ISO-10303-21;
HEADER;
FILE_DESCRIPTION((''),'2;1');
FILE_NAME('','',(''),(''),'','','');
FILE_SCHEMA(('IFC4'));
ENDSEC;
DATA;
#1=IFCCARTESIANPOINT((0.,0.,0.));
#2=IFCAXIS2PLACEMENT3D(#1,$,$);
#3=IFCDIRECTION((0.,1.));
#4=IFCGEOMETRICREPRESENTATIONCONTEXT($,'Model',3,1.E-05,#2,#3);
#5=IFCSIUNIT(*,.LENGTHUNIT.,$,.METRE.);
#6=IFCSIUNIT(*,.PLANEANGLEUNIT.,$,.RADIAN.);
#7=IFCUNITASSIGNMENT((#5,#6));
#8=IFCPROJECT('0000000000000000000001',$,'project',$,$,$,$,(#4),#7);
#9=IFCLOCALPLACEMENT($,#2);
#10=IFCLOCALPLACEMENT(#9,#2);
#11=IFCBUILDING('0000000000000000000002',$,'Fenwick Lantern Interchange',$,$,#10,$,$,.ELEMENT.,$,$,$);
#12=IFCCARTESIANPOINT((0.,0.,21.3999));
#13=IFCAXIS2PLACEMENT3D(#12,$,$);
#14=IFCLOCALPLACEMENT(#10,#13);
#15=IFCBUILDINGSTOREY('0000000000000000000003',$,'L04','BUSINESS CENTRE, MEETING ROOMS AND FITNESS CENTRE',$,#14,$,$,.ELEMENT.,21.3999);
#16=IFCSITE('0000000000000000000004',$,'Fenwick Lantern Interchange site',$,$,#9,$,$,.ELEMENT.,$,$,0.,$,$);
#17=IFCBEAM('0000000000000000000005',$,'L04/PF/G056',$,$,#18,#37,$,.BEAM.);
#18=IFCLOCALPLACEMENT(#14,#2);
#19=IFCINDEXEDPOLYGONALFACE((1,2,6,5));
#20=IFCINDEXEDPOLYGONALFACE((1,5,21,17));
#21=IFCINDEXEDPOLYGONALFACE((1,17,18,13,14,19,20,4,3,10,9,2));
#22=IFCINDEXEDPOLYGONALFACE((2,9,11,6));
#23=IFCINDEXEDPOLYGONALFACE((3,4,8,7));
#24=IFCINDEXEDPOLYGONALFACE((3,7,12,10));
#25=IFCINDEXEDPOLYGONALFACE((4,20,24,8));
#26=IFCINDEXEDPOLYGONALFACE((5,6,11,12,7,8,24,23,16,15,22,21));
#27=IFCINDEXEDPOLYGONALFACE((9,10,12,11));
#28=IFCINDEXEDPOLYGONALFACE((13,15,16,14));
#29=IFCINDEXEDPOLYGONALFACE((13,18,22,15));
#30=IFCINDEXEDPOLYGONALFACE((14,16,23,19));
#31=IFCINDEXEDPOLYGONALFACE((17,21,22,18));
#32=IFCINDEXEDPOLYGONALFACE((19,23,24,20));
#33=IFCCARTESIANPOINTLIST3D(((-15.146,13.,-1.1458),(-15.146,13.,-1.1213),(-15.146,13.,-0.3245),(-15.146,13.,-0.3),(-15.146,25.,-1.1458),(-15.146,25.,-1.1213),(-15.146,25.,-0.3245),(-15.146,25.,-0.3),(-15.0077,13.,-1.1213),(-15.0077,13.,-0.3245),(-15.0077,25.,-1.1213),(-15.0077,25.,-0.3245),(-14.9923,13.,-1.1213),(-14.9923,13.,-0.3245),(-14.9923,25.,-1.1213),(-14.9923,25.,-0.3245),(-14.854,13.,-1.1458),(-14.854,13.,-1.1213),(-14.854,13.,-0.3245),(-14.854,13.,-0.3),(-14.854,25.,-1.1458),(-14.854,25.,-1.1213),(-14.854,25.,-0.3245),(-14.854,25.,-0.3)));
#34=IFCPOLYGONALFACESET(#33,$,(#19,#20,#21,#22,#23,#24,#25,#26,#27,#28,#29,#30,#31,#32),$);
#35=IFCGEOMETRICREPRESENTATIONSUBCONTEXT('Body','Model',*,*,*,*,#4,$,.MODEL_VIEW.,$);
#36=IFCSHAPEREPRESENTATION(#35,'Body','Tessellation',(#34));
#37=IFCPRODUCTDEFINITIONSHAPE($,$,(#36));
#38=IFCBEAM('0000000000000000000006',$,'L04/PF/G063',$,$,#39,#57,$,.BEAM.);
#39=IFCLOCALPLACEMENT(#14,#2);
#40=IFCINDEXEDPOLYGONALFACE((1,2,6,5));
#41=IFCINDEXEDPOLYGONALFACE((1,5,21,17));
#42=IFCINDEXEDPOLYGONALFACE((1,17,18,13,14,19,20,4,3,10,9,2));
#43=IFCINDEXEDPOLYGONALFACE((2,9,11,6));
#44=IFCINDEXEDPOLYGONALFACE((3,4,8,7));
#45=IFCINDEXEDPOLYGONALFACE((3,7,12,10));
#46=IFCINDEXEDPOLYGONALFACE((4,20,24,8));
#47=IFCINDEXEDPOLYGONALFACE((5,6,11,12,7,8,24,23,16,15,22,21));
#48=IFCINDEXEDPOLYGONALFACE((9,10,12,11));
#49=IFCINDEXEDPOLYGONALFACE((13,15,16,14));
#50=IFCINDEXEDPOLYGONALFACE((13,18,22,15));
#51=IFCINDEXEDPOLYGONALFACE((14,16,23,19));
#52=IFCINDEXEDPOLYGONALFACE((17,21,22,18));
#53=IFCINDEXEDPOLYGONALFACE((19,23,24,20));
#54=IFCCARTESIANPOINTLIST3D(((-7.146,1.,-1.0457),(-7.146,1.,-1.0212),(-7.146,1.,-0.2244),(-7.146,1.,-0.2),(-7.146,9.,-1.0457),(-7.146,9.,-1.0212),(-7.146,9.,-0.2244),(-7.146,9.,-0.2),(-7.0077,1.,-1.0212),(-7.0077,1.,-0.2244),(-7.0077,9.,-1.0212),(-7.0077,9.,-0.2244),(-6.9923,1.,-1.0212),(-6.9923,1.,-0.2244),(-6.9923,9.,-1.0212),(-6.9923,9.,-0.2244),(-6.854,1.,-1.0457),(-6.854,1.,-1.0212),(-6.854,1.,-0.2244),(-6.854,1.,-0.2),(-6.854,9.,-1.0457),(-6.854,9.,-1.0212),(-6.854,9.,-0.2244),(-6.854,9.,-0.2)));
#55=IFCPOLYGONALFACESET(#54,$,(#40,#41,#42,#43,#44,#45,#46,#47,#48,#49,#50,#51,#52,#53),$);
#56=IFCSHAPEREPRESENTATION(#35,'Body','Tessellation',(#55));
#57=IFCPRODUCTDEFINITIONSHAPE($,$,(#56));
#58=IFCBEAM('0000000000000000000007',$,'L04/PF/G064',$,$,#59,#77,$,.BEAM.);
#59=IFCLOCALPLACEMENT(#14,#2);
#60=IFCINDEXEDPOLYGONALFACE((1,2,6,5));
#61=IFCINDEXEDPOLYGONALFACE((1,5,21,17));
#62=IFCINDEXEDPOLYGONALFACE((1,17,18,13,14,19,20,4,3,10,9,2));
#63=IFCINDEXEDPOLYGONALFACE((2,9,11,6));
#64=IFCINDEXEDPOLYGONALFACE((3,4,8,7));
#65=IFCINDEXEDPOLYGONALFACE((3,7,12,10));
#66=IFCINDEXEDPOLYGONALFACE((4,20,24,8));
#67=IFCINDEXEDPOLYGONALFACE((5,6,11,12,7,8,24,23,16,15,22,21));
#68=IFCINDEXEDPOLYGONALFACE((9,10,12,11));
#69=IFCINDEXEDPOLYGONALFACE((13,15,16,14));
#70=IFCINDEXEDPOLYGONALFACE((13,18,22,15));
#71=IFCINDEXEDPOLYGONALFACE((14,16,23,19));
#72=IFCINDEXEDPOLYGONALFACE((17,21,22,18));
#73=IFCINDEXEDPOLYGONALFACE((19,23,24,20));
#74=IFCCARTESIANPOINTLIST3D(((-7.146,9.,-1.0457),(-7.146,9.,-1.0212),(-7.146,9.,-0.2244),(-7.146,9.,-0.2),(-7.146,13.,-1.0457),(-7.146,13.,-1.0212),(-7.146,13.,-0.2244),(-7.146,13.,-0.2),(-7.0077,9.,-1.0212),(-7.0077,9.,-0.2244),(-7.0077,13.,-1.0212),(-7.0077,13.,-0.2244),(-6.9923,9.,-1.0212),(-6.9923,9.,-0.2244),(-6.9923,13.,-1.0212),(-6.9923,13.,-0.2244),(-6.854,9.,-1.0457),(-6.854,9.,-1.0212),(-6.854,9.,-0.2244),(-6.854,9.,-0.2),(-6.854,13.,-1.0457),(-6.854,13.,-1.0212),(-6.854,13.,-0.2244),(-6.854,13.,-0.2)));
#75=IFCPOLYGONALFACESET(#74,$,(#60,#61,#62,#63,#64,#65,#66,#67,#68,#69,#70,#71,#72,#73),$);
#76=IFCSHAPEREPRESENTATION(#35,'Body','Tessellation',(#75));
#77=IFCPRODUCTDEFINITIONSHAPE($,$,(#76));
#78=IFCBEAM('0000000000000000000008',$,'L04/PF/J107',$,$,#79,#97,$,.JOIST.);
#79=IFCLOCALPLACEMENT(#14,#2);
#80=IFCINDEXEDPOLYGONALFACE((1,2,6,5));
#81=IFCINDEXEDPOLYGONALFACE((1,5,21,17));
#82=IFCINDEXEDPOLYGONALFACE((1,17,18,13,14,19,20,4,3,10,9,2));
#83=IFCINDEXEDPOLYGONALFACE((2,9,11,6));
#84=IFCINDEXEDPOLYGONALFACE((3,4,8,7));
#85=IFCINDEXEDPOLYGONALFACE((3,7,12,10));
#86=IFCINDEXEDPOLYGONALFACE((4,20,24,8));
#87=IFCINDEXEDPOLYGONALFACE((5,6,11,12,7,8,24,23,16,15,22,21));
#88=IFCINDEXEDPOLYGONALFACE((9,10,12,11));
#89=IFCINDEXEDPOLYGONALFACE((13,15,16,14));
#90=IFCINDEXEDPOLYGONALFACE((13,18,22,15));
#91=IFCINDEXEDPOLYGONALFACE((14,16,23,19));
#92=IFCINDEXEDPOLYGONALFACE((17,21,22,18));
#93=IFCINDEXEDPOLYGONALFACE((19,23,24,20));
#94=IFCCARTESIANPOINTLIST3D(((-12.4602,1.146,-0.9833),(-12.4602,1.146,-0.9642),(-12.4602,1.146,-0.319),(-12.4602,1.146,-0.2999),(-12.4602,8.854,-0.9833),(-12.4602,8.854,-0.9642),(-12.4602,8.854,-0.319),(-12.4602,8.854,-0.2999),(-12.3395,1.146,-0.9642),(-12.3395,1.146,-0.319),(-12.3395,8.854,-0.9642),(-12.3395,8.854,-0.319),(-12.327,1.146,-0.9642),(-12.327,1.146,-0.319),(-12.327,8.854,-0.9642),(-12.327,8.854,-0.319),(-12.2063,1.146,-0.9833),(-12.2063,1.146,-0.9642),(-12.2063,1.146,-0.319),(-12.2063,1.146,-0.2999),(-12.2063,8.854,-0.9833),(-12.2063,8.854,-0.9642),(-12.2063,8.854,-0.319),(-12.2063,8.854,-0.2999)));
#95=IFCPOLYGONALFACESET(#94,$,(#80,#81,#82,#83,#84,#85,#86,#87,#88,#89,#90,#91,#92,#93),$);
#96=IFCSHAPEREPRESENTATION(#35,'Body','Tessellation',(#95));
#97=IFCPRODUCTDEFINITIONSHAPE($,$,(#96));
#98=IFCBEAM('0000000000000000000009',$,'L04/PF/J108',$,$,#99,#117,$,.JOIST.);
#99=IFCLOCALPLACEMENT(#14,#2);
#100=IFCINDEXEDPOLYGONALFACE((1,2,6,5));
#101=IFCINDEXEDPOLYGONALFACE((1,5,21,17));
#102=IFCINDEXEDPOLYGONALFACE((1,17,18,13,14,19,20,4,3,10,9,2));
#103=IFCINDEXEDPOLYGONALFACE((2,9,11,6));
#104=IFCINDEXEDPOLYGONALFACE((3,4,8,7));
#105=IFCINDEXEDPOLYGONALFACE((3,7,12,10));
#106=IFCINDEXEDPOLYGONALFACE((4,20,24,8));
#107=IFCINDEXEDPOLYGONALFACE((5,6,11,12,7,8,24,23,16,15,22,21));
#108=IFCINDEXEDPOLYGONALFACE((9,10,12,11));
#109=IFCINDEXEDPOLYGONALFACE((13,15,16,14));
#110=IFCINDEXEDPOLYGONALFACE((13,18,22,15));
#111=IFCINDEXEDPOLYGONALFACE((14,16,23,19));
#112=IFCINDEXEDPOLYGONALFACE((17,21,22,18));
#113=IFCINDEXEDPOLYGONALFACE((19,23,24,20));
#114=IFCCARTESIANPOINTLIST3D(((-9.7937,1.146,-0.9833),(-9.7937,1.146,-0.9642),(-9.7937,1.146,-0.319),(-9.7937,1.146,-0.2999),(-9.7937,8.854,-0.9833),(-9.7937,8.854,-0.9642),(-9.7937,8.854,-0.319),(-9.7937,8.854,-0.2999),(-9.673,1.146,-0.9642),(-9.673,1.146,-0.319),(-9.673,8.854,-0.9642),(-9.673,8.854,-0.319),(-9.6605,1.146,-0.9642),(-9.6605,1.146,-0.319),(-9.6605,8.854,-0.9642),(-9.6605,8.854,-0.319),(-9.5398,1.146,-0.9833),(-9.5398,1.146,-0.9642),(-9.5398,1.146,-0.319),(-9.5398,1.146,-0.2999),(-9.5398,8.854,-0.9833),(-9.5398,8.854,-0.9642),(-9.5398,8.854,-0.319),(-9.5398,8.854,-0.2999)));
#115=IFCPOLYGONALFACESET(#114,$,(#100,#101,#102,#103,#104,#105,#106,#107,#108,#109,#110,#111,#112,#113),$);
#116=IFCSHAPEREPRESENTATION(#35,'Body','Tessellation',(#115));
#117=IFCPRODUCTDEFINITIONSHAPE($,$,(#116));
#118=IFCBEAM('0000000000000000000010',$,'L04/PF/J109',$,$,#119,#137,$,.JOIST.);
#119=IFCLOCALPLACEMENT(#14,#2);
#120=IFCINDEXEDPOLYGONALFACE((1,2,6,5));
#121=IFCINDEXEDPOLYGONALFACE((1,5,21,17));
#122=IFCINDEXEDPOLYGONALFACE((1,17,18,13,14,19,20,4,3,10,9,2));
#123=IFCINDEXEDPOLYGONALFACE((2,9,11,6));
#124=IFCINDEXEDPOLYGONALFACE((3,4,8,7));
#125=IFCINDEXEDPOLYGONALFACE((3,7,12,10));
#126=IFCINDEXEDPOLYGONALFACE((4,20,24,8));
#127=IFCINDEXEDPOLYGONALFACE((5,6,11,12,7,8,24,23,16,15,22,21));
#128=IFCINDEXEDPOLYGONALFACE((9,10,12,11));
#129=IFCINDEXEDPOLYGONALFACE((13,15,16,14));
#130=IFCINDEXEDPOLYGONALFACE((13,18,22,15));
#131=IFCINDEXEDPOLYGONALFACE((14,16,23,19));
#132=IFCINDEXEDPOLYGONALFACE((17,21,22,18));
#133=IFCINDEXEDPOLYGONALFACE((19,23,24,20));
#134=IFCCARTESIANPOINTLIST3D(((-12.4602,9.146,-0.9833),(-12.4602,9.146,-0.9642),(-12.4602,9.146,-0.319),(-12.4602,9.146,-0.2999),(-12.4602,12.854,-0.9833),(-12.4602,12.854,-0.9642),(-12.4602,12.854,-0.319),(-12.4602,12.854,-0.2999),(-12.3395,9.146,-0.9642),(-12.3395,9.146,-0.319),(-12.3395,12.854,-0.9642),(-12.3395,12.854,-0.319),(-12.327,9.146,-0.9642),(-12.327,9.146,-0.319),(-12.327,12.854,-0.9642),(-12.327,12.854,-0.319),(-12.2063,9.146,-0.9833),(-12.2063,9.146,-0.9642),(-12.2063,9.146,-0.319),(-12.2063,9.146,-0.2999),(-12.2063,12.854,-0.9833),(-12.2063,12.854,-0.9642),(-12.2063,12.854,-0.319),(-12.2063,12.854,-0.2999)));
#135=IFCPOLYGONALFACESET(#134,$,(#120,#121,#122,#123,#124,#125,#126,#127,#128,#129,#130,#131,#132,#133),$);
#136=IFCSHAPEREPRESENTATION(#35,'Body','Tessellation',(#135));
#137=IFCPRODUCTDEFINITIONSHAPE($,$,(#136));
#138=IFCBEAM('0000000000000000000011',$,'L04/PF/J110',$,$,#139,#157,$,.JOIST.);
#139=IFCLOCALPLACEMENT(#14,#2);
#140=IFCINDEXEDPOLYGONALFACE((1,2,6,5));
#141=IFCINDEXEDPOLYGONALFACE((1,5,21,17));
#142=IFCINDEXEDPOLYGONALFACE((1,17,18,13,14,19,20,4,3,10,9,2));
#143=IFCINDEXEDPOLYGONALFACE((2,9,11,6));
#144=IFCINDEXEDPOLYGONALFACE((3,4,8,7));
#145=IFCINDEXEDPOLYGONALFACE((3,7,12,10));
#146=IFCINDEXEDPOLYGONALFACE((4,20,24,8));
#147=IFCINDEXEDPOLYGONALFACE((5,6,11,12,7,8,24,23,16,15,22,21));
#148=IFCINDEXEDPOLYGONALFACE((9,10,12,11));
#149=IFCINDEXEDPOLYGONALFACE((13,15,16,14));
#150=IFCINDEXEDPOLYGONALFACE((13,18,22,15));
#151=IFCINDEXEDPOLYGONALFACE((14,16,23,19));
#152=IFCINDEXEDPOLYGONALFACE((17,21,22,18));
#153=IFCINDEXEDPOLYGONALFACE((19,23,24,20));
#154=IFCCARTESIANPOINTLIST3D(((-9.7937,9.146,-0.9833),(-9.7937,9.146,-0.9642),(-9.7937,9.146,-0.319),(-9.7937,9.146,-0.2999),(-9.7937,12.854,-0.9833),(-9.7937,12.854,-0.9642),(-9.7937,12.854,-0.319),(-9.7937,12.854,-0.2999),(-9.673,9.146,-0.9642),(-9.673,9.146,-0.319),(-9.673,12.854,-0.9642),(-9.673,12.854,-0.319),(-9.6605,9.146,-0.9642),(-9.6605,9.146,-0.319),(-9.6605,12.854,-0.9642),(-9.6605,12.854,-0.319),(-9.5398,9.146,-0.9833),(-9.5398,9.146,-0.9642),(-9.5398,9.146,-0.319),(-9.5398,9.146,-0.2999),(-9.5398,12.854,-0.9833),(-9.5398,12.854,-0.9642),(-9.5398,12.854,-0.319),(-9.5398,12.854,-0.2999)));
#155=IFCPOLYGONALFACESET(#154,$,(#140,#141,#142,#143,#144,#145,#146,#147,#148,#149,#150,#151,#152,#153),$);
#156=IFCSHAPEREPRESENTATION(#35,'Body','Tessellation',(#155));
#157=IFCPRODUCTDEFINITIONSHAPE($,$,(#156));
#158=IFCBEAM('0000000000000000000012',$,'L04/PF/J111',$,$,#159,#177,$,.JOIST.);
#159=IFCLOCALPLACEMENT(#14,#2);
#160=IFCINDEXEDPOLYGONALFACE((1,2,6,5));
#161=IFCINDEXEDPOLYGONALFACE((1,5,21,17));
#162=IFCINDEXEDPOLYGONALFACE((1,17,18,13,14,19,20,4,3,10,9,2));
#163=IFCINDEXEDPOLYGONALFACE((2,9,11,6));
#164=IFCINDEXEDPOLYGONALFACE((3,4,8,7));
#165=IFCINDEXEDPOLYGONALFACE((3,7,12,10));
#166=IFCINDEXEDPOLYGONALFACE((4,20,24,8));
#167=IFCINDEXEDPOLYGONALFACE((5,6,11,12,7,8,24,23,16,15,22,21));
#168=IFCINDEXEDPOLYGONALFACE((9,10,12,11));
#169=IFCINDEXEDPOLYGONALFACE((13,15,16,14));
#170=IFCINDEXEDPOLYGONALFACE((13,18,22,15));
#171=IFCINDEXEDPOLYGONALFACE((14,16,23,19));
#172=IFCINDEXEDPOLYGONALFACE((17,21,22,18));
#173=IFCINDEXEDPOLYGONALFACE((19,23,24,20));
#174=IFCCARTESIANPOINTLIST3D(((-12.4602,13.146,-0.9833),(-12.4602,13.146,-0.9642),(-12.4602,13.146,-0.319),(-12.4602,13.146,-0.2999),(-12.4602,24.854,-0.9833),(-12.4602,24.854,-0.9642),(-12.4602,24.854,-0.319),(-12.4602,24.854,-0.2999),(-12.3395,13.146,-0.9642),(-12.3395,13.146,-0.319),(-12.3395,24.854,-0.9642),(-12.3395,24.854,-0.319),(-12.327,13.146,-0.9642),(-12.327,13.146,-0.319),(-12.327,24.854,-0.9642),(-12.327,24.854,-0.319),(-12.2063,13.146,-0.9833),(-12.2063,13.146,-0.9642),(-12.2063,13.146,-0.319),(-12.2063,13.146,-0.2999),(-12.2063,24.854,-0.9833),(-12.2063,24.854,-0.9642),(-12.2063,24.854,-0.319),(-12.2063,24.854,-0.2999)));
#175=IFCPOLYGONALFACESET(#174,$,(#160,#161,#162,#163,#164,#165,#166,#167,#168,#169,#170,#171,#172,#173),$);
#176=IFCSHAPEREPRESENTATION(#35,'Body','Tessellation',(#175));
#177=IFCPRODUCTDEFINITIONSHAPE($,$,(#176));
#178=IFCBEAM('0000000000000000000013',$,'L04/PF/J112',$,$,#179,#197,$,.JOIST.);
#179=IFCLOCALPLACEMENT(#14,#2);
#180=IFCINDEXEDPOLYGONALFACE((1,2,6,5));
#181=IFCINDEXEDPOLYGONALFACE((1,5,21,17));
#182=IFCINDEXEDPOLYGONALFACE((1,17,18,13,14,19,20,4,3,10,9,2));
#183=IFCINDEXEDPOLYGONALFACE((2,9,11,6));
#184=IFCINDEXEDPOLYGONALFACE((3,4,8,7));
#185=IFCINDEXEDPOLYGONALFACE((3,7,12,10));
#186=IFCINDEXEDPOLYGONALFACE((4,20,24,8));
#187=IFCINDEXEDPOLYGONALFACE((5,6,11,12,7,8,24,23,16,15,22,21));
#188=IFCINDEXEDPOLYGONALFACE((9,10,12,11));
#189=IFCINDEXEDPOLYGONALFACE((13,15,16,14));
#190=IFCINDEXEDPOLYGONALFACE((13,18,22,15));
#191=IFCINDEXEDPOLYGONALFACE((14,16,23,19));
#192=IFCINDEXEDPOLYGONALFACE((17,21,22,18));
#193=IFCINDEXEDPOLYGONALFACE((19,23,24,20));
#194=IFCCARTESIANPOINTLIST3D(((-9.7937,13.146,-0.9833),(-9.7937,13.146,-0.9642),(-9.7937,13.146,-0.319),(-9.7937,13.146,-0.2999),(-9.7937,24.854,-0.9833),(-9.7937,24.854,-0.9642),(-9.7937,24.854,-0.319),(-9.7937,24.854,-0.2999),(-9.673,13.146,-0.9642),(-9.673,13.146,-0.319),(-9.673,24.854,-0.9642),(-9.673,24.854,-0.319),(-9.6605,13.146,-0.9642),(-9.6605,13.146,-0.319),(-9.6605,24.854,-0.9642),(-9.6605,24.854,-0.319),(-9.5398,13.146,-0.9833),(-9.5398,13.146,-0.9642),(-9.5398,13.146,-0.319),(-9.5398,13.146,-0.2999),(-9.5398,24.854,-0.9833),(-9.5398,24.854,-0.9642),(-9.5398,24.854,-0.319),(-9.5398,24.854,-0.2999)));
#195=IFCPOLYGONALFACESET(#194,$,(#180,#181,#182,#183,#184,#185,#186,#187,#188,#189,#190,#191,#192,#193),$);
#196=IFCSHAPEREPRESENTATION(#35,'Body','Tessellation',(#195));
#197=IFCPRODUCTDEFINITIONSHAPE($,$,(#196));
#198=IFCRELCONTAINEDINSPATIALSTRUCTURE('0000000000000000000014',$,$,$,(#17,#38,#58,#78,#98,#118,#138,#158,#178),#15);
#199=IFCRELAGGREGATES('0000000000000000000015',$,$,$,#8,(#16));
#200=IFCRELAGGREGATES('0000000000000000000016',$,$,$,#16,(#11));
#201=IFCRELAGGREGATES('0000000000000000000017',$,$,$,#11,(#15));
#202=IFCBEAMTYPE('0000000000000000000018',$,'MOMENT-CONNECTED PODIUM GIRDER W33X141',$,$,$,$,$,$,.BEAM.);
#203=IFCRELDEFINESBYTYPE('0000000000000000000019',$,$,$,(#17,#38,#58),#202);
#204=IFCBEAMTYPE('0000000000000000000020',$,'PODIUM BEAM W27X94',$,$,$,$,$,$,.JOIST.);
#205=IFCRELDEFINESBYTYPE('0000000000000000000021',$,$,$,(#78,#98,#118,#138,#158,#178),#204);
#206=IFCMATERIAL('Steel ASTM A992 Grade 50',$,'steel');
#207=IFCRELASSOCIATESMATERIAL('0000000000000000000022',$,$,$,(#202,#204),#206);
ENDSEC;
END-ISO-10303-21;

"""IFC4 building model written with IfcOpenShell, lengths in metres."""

from ifc_helpers import new_model, si_unit, direction, frame, origin, origin_2d, place, context, subcontext, project, spatial, i_section, extrude, material, material_profile, profile_set, type_object, element, save


model = new_model("IFC4")

# Units and contexts
model_context = context("Model", 3, precision=1e-05, world=origin(), true_north=direction((0.0, 1.0)))
body_context = subcontext(model_context, "Body", "Model", "MODEL_VIEW")
ifc_project = project(units=[si_unit("LENGTHUNIT", "METRE"), si_unit("PLANEANGLEUNIT", "RADIAN")], contexts=[model_context])

# Site, building, storey
site_placement = place(None, origin())
site = spatial("IfcSite", under=ifc_project, at=site_placement, Name="Fenwick Lantern Interchange site", CompositionType="ELEMENT", RefElevation=0.0)
building_placement = place(site_placement, origin())
building = spatial("IfcBuilding", under=site, at=building_placement, Name="Fenwick Lantern Interchange", CompositionType="ELEMENT")
storey_placement = place(building_placement, frame((0.0, 0.0, 21.3999)))
storey = spatial("IfcBuildingStorey", under=building, at=storey_placement, Name="L04", Description="BUSINESS CENTRE, MEETING ROOMS AND FITNESS CENTRE", CompositionType="ELEMENT", Elevation=21.3999)

# Shared definitions
ifc_material_1 = material(Name="Steel ASTM A992 Grade 50", Category="steel")

# Beams
ifc_material_profile_1 = material_profile(ifc_material_1, i_section(OverallWidth=0.292, OverallDepth=0.8457, WebThickness=0.0154, FlangeThickness=0.0244, at=origin_2d()), Name="W33X141")
ifc_profile_set_1 = profile_set([ifc_material_profile_1], Name="Steel ASTM A992 Grade 50")
beam_type_1 = type_object("IfcBeamType", Name="MOMENT-CONNECTED PODIUM GIRDER W33X141", PredefinedType="BEAM", material=ifc_profile_set_1)
beam_1_placement = place(storey_placement, frame((-15.0, 13.0, -0.7229), z_axis=(0.0, 1.0, 0.0), x_axis=(-1.0, 0.0, 0.0)))
element("IfcBeam", 1, at=beam_1_placement, inside=storey, type_object=beam_type_1, Name="L04/PF/G056", PredefinedType="BEAM", context=body_context, shape_type="SweptSolid", body=[
    extrude(i_section(OverallWidth=0.292, OverallDepth=0.8457, WebThickness=0.0154, FlangeThickness=0.0244, at=origin_2d()), origin(), (0.0, 0.0, 1.0), 12.0),
])
beam_2_placement = place(storey_placement, frame((-7.0, 1.0, -0.6228), z_axis=(0.0, 1.0, 0.0), x_axis=(-1.0, 0.0, 0.0)))
element("IfcBeam", 2, at=beam_2_placement, inside=storey, type_object=beam_type_1, Name="L04/PF/G063", PredefinedType="BEAM", context=body_context, shape_type="SweptSolid", body=[
    extrude(i_section(OverallWidth=0.292, OverallDepth=0.8457, WebThickness=0.0154, FlangeThickness=0.0244, at=origin_2d()), origin(), (0.0, 0.0, 1.0), 8.0),
])
beam_3_placement = place(storey_placement, frame((-7.0, 9.0, -0.6228), z_axis=(0.0, 1.0, 0.0), x_axis=(-1.0, 0.0, 0.0)))
element("IfcBeam", 3, at=beam_3_placement, inside=storey, type_object=beam_type_1, Name="L04/PF/G064", PredefinedType="BEAM", context=body_context, shape_type="SweptSolid", body=[
    extrude(i_section(OverallWidth=0.292, OverallDepth=0.8457, WebThickness=0.0154, FlangeThickness=0.0244, at=origin_2d()), origin(), (0.0, 0.0, 1.0), 4.0),
])
ifc_material_profile_2 = material_profile(ifc_material_1, i_section(OverallWidth=0.2539, OverallDepth=0.6833, WebThickness=0.0125, FlangeThickness=0.019, at=origin_2d()), Name="W27X94")
ifc_profile_set_2 = profile_set([ifc_material_profile_2], Name="Steel ASTM A992 Grade 50")
beam_type_2 = type_object("IfcBeamType", Name="PODIUM BEAM W27X94", PredefinedType="JOIST", material=ifc_profile_set_2)
for number, where, z_axis, x_axis, name in (
    (4, (-12.3333, 1.146, -0.6416), (0.0, 1.0, 0.0), (-1.0, 0.0, 0.0), "L04/PF/J107"),
    (5, (-9.6667, 1.146, -0.6416), (0.0, 1.0, 0.0), (-1.0, 0.0, 0.0), "L04/PF/J108"),
):
    element("IfcBeam", number, at=place(storey_placement, frame(where, z_axis=z_axis, x_axis=x_axis)), inside=storey, type_object=beam_type_2, Name=name, PredefinedType="JOIST", context=body_context, shape_type="SweptSolid", body=[
        extrude(i_section(OverallWidth=0.2539, OverallDepth=0.6833, WebThickness=0.0125, FlangeThickness=0.019, at=origin_2d()), origin(), (0.0, 0.0, 1.0), 7.708),
    ])
for number, where, z_axis, x_axis, name in (
    (6, (-12.3333, 9.146, -0.6416), (0.0, 1.0, 0.0), (-1.0, 0.0, 0.0), "L04/PF/J109"),
    (7, (-9.6667, 9.146, -0.6416), (0.0, 1.0, 0.0), (-1.0, 0.0, 0.0), "L04/PF/J110"),
):
    element("IfcBeam", number, at=place(storey_placement, frame(where, z_axis=z_axis, x_axis=x_axis)), inside=storey, type_object=beam_type_2, Name=name, PredefinedType="JOIST", context=body_context, shape_type="SweptSolid", body=[
        extrude(i_section(OverallWidth=0.2539, OverallDepth=0.6833, WebThickness=0.0125, FlangeThickness=0.019, at=origin_2d()), origin(), (0.0, 0.0, 1.0), 3.708),
    ])
for number, where, z_axis, x_axis, name in (
    (8, (-12.3333, 13.146, -0.6416), (0.0, 1.0, 0.0), (-1.0, 0.0, 0.0), "L04/PF/J111"),
    (9, (-9.6667, 13.146, -0.6416), (0.0, 1.0, 0.0), (-1.0, 0.0, 0.0), "L04/PF/J112"),
):
    element("IfcBeam", number, at=place(storey_placement, frame(where, z_axis=z_axis, x_axis=x_axis)), inside=storey, type_object=beam_type_2, Name=name, PredefinedType="JOIST", context=body_context, shape_type="SweptSolid", body=[
        extrude(i_section(OverallWidth=0.2539, OverallDepth=0.6833, WebThickness=0.0125, FlangeThickness=0.019, at=origin_2d()), origin(), (0.0, 0.0, 1.0), 11.708),
    ])

save(model, "model.ifc")
